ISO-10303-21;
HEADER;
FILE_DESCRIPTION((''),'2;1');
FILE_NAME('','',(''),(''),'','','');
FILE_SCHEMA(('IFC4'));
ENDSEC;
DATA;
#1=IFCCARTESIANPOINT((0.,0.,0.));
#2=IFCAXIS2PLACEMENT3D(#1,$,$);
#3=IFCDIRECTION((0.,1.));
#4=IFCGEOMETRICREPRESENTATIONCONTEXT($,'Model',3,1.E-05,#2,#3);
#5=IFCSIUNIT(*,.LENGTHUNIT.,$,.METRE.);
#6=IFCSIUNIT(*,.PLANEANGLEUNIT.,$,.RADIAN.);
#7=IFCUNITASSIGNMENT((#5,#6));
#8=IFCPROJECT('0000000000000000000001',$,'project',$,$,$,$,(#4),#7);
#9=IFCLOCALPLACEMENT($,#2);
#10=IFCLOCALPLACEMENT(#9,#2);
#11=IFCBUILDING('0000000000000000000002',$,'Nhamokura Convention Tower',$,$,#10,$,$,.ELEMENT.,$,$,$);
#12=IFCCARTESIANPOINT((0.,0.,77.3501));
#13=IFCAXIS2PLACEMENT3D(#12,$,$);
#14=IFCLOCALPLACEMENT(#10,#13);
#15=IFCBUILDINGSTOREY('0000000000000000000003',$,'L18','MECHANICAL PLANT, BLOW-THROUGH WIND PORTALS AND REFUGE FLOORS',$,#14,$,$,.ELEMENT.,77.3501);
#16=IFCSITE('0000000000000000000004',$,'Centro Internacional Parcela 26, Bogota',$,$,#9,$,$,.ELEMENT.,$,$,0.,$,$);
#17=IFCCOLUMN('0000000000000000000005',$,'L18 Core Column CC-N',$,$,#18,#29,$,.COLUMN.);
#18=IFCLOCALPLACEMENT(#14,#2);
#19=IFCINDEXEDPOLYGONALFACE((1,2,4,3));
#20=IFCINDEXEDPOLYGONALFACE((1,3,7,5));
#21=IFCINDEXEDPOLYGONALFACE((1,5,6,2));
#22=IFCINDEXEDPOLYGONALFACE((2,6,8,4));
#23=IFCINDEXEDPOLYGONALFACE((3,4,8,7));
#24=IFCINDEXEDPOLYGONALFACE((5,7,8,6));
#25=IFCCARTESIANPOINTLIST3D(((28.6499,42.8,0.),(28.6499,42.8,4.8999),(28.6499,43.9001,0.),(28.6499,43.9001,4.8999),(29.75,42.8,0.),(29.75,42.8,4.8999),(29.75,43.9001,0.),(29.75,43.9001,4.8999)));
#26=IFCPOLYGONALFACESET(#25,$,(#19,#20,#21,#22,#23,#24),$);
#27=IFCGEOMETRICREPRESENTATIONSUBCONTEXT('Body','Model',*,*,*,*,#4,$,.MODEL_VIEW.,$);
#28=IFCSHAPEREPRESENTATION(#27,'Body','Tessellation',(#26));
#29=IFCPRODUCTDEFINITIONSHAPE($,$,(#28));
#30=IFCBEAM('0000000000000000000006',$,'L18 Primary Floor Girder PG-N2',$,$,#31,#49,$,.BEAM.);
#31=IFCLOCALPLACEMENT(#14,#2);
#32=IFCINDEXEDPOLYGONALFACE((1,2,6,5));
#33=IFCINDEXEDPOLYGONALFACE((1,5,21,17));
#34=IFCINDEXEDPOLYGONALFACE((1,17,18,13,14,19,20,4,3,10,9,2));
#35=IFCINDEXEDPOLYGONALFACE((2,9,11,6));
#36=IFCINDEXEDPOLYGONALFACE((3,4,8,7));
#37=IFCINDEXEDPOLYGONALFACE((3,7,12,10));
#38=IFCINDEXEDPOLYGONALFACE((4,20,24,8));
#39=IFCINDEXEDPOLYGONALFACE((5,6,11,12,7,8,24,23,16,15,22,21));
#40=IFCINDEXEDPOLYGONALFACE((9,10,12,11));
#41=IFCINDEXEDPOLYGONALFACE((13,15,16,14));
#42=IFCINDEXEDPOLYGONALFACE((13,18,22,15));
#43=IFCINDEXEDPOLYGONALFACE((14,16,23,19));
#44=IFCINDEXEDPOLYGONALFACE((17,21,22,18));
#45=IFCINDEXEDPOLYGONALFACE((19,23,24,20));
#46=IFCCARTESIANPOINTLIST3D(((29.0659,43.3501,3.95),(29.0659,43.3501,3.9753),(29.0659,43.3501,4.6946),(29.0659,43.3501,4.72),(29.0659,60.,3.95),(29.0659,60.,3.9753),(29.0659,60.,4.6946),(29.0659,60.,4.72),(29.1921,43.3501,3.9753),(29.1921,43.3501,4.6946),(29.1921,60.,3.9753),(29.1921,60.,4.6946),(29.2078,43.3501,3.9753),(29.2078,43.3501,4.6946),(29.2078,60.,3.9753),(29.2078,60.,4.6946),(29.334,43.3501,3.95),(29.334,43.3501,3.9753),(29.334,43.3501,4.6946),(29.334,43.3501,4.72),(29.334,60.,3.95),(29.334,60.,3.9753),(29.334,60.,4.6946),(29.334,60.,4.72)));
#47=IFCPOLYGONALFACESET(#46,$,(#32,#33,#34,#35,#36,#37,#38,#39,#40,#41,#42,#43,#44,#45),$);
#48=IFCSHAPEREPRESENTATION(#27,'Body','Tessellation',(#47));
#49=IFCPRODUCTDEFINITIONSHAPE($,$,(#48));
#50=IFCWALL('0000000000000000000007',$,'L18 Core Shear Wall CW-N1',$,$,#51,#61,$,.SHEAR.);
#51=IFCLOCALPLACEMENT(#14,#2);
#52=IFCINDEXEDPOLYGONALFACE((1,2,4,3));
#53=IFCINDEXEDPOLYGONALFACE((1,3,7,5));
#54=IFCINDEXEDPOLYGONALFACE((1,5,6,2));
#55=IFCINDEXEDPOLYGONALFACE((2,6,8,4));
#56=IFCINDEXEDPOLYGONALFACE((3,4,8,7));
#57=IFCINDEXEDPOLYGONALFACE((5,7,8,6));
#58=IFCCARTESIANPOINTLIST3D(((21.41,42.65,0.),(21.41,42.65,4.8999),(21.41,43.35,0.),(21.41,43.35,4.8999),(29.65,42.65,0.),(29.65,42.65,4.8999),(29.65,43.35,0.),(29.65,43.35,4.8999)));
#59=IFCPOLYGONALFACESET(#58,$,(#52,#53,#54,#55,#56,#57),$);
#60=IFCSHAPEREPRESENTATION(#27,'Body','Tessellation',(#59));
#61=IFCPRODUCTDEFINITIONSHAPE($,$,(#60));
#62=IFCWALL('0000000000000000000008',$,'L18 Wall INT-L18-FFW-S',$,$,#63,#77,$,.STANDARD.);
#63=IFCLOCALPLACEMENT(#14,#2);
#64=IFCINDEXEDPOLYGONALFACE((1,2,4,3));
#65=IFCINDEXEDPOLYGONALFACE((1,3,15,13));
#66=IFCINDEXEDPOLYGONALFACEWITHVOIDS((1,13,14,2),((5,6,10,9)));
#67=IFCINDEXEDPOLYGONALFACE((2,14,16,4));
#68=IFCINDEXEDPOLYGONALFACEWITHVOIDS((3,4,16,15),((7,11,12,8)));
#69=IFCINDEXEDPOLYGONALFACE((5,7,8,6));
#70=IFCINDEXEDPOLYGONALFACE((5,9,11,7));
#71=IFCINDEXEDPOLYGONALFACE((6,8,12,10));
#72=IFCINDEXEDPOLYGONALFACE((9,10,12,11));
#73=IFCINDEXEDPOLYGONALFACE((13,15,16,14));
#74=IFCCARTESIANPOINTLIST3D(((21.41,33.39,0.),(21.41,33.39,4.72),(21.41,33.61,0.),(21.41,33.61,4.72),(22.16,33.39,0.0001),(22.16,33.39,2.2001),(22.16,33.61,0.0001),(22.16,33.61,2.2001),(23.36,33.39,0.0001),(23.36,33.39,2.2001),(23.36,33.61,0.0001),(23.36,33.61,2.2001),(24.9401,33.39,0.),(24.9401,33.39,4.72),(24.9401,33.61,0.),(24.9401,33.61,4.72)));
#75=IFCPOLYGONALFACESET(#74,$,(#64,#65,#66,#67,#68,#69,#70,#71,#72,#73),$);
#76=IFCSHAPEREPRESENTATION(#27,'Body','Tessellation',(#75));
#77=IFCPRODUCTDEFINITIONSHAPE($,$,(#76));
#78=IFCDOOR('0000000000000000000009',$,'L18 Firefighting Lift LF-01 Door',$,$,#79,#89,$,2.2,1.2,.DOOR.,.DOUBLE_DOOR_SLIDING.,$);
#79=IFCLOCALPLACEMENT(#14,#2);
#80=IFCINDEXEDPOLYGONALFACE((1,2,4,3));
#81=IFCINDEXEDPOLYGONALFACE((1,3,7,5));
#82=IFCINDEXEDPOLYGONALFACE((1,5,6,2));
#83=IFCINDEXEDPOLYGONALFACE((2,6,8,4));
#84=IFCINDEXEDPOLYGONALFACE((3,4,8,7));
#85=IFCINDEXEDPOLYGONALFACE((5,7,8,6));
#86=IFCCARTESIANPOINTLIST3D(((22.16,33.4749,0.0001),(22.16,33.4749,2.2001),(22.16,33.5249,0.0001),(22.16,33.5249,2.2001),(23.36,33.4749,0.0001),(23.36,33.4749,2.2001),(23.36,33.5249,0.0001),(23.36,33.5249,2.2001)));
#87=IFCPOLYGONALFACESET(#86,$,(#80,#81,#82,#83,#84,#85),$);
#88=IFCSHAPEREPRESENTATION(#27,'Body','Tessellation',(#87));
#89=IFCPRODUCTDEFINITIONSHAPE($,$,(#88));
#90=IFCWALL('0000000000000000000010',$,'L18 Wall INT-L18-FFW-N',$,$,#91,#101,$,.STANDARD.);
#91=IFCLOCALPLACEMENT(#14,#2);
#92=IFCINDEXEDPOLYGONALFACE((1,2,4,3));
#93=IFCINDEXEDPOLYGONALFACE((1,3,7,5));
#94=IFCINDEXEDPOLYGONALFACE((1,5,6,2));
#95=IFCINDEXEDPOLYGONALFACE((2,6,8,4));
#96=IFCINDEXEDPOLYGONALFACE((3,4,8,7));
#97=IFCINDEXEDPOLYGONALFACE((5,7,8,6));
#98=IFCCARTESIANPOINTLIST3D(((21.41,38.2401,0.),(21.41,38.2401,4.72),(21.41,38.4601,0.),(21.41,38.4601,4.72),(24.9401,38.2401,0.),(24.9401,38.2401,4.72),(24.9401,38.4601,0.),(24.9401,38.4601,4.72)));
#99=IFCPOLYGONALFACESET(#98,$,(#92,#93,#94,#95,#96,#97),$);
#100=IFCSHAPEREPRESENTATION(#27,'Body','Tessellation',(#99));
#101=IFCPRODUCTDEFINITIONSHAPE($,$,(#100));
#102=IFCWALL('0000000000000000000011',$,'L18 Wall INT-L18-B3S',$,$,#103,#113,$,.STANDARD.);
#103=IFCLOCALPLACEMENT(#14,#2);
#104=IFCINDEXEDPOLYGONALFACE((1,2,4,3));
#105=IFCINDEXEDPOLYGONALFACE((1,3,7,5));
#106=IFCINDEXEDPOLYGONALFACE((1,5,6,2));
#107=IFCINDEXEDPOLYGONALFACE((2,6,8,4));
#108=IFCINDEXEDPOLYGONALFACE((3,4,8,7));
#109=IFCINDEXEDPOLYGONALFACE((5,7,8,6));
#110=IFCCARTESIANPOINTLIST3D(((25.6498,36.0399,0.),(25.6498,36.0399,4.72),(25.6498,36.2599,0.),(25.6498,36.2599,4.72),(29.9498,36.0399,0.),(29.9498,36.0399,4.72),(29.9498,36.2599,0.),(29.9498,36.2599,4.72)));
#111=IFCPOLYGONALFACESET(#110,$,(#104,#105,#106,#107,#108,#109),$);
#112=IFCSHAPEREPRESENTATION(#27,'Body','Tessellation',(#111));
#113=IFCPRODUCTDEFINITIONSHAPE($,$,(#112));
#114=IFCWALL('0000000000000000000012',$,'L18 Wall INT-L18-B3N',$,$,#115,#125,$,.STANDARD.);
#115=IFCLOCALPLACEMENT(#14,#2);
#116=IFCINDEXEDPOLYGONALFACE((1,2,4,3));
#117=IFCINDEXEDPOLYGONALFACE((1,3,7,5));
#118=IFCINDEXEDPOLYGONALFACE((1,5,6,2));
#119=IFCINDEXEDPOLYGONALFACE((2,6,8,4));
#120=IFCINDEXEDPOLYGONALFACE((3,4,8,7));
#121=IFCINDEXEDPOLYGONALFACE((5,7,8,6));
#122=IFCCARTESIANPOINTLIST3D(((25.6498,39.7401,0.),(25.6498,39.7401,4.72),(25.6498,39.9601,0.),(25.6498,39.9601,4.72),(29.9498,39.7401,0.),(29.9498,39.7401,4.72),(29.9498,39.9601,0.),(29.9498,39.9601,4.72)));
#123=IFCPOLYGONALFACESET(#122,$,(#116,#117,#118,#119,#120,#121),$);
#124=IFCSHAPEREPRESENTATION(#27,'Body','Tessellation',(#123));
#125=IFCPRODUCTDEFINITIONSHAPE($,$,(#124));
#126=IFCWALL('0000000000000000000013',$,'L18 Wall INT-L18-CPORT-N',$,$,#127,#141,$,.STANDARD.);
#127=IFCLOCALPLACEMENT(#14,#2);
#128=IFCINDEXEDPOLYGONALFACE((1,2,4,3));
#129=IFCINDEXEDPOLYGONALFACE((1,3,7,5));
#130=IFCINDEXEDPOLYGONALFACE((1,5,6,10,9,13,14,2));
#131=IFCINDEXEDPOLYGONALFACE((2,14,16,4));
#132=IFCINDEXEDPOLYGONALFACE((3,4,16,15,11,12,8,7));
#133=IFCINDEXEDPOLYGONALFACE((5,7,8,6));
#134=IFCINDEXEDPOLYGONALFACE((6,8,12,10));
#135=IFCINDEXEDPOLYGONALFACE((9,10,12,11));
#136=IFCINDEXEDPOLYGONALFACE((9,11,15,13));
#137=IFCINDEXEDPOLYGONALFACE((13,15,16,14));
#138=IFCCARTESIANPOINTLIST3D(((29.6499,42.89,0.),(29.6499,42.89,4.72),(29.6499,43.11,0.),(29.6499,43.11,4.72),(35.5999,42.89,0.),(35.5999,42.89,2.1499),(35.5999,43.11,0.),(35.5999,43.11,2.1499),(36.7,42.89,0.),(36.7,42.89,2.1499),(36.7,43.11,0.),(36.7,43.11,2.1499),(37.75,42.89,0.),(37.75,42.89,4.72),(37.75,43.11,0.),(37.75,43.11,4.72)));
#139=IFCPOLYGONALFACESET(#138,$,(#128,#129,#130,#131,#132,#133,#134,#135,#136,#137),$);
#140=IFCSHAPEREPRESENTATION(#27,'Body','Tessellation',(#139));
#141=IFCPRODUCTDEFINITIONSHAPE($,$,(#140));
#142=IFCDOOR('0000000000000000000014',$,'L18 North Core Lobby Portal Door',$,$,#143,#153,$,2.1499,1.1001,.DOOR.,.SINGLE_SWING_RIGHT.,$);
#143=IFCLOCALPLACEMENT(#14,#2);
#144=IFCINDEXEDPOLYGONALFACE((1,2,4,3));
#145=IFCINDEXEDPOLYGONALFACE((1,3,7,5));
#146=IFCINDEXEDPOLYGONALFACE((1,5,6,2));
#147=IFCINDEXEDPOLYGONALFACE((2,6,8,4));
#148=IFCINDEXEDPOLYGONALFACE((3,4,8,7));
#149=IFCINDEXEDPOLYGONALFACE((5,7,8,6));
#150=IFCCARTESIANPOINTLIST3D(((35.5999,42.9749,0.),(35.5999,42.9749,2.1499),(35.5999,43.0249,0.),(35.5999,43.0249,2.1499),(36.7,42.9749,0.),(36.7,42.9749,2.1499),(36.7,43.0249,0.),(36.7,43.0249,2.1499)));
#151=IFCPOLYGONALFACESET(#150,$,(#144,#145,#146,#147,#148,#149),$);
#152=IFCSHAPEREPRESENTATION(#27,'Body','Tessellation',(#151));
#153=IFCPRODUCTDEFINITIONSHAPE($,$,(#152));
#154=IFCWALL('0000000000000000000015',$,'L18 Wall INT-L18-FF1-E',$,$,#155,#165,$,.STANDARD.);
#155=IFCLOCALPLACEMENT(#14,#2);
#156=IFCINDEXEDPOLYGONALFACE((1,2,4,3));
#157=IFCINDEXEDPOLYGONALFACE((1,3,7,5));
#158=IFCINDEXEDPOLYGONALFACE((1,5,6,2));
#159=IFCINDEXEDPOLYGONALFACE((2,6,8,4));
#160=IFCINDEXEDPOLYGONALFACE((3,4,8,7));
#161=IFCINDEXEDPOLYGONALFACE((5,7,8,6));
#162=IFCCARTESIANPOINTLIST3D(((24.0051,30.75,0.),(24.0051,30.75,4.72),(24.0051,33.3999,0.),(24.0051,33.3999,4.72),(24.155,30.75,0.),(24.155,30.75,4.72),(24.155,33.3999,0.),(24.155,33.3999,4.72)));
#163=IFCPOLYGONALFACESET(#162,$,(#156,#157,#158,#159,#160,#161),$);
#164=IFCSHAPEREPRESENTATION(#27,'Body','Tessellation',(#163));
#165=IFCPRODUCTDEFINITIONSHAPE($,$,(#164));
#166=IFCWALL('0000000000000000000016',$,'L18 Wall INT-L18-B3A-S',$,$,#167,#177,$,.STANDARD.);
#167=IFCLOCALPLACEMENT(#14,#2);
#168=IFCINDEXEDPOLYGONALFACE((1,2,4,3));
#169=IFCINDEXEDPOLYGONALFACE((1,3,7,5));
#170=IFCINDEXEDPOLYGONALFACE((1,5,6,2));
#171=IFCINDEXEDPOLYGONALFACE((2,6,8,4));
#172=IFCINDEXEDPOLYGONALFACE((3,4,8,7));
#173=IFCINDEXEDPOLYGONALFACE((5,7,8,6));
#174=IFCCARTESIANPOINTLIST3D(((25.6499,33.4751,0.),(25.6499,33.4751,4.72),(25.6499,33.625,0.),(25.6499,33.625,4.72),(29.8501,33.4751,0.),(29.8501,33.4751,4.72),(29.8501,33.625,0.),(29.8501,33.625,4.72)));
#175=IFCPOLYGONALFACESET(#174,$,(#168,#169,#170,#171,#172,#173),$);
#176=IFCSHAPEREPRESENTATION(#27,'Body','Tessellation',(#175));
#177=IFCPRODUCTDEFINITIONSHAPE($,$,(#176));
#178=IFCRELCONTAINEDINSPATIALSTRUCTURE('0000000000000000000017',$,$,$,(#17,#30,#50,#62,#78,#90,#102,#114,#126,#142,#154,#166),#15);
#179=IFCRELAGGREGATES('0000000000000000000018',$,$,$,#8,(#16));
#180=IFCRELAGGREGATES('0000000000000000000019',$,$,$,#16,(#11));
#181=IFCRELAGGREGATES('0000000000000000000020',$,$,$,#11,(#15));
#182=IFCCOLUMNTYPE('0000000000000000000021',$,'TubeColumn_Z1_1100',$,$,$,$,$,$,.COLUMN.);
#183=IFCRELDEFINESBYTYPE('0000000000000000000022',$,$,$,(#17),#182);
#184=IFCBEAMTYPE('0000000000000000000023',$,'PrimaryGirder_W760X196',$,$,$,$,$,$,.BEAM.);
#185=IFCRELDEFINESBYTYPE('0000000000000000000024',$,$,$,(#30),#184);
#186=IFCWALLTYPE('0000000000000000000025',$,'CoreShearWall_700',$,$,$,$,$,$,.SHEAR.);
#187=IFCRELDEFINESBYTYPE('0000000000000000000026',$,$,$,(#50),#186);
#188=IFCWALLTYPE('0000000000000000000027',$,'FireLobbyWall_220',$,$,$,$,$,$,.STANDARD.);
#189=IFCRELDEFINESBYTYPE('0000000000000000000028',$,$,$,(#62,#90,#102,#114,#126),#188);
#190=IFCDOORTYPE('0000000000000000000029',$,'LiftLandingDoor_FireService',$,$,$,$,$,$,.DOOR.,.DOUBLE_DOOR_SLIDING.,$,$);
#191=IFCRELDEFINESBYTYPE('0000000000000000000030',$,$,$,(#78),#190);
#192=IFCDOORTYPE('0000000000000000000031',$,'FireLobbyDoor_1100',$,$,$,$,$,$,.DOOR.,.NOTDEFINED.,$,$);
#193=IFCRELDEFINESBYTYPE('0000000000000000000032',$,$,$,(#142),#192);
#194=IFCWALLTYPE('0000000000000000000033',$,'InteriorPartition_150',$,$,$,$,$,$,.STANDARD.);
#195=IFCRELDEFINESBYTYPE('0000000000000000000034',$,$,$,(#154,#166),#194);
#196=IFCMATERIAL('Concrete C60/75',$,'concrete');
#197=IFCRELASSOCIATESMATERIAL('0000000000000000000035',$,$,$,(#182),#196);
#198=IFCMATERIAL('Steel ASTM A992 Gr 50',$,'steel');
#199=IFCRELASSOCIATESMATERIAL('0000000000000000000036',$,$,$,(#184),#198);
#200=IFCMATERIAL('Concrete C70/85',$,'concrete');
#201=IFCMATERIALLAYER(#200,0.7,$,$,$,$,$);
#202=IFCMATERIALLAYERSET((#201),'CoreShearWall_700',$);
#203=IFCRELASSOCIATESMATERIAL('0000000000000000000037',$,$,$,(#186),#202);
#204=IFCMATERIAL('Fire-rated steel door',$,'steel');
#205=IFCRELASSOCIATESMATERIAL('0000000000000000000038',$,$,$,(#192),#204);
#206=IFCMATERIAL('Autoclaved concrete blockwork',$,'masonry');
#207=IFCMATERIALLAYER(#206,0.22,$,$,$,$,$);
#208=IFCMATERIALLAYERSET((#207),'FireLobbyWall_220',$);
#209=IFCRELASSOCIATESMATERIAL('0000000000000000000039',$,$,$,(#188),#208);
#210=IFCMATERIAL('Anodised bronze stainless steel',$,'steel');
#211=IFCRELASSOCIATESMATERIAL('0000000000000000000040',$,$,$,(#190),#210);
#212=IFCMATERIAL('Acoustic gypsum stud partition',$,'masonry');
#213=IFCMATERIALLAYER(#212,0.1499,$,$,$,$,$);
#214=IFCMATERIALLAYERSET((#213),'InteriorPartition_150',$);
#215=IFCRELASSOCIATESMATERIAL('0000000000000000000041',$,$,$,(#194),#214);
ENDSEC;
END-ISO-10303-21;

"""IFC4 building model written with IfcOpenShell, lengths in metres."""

from ifc_helpers import new_model, si_unit, direction, frame, frame_2d, origin, origin_2d, place, context, subcontext, project, spatial, rectangle, i_section, extrude, material, layer, layer_set, material_profile, profile_set, type_object, element, fill, save


model = new_model("IFC4")

# Units and contexts
model_context = context("Model", 3, precision=1e-05, world=origin(), true_north=direction((0.0, 1.0)))
body_context = subcontext(model_context, "Body", "Model", "MODEL_VIEW")
ifc_project = project(units=[si_unit("LENGTHUNIT", "METRE"), si_unit("PLANEANGLEUNIT", "RADIAN")], contexts=[model_context])

# Site, building, storey
site_placement = place(None, origin())
site = spatial("IfcSite", under=ifc_project, at=site_placement, Name="Centro Internacional Parcela 26, Bogota", CompositionType="ELEMENT", RefElevation=0.0)
building_placement = place(site_placement, origin())
building = spatial("IfcBuilding", under=site, at=building_placement, Name="Nhamokura Convention Tower", CompositionType="ELEMENT")
storey_placement = place(building_placement, frame((0.0, 0.0, 77.3501)))
storey = spatial("IfcBuildingStorey", under=building, at=storey_placement, Name="L18", Description="MECHANICAL PLANT, BLOW-THROUGH WIND PORTALS AND REFUGE FLOORS", CompositionType="ELEMENT", Elevation=77.3501)

# Column
ifc_material_1 = material(Name="Concrete C60/75", Category="concrete")
ifc_material_profile_1 = material_profile(ifc_material_1, rectangle(XDim=1.1001, YDim=1.1001, at=origin_2d()))
ifc_profile_set_1 = profile_set([ifc_material_profile_1], Name="Concrete C60/75")
column_type = type_object("IfcColumnType", Name="TubeColumn_Z1_1100", PredefinedType="COLUMN", material=ifc_profile_set_1)
column_placement = place(storey_placement, frame((29.2, 43.3501, 0.0), z_axis=(0.0, 0.0, 1.0), x_axis=(1.0, 0.0, 0.0)))
element("IfcColumn", 1, at=column_placement, inside=storey, type_object=column_type, Name="L18 Core Column CC-N", PredefinedType="COLUMN", context=body_context, shape_type="SweptSolid", body=[
    extrude(rectangle(XDim=1.1001, YDim=1.1001, at=origin_2d()), origin(), (0.0, 0.0, 1.0), 4.8999),
])

# Beam
ifc_material_2 = material(Name="Steel ASTM A992 Gr 50", Category="steel")
ifc_material_profile_2 = material_profile(ifc_material_2, i_section(OverallWidth=0.2681, OverallDepth=0.77, WebThickness=0.0156, FlangeThickness=0.0254, at=origin_2d()))
ifc_profile_set_2 = profile_set([ifc_material_profile_2], Name="Steel ASTM A992 Gr 50")
beam_type = type_object("IfcBeamType", Name="PrimaryGirder_W760X196", PredefinedType="BEAM", material=ifc_profile_set_2)
beam_placement = place(storey_placement, frame((29.2, 43.3501, 4.335), z_axis=(0.0, 1.0, 0.0), x_axis=(-1.0, 0.0, 0.0)))
element("IfcBeam", 2, at=beam_placement, inside=storey, type_object=beam_type, Name="L18 Primary Floor Girder PG-N2", PredefinedType="BEAM", context=body_context, shape_type="SweptSolid", body=[
    extrude(i_section(OverallWidth=0.2681, OverallDepth=0.77, WebThickness=0.0156, FlangeThickness=0.0254, at=origin_2d()), origin(), (0.0, 0.0, 1.0), 16.6499),
])

# Shared definitions
ifc_material_3 = material(Name="Concrete C70/85", Category="concrete")
ifc_layer_1 = layer(ifc_material_3, 0.7)
ifc_layer_set_1 = layer_set([ifc_layer_1], Name="CoreShearWall_700")
wall_type_1 = type_object("IfcWallType", Name="CoreShearWall_700", PredefinedType="SHEAR", material=ifc_layer_set_1)
ifc_material_4 = material(Name="Fire-rated steel door", Category="steel")
door_type_1 = type_object("IfcDoorType", Name="FireLobbyDoor_1100", OperationType="NOTDEFINED", PredefinedType="DOOR", material=ifc_material_4)

# Wall
wall_1_placement = place(storey_placement, frame((21.4099, 43.0, 0.0), z_axis=(0.0, 0.0, 1.0), x_axis=(1.0, 0.0, 0.0)))
element("IfcWall", 3, at=wall_1_placement, inside=storey, type_object=wall_type_1, Name="L18 Core Shear Wall CW-N1", PredefinedType="SHEAR", context=body_context, shape_type="SweptSolid", body=[
    extrude(rectangle(XDim=8.24, YDim=0.7, at=frame_2d((4.1201, 0.0))), origin(), (0.0, 0.0, 1.0), 4.8999),
])

# Wall, opening, door
ifc_material_5 = material(Name="Autoclaved concrete blockwork", Category="masonry")
ifc_layer_2 = layer(ifc_material_5, 0.22)
ifc_layer_set_2 = layer_set([ifc_layer_2], Name="FireLobbyWall_220")
wall_type_2 = type_object("IfcWallType", Name="FireLobbyWall_220", PredefinedType="STANDARD", material=ifc_layer_set_2)
wall_2_placement = place(storey_placement, frame((21.4099, 33.5, 0.0), z_axis=(0.0, 0.0, 1.0), x_axis=(1.0, 0.0, 0.0)))
wall_2 = element("IfcWall", 4, at=wall_2_placement, inside=storey, type_object=wall_type_2, Name="L18 Wall INT-L18-FFW-S", PredefinedType="STANDARD", context=body_context, shape_type="SweptSolid", body=[
    extrude(rectangle(XDim=3.53, YDim=0.22, at=frame_2d((1.7651, 0.0))), origin(), (0.0, 0.0, 1.0), 4.72),
])
opening_1_placement = place(wall_2_placement, frame((0.75, 0.0, 0.0)))
opening_1 = element("IfcOpeningElement", 5, at=opening_1_placement, cuts=wall_2, PredefinedType="OPENING", context=body_context, shape_type="SweptSolid", body=[
    extrude(rectangle(XDim=1.2, YDim=2.2, at=frame_2d((0.6001, 1.1001))), frame((0.0, 0.1199, 0.0), z_axis=(0.0, -1.0, 0.0), x_axis=(1.0, 0.0, 0.0)), (0.0, 0.0, 1.0), 0.24),
])
ifc_material_6 = material(Name="Anodised bronze stainless steel", Category="steel")
door_type_2 = type_object("IfcDoorType", Name="LiftLandingDoor_FireService", OperationType="DOUBLE_DOOR_SLIDING", PredefinedType="DOOR", material=ifc_material_6)
door_1_placement = place(opening_1_placement, origin())
door_1 = element("IfcDoor", 6, at=door_1_placement, inside=storey, type_object=door_type_2, Name="L18 Firefighting Lift LF-01 Door", OperationType="DOUBLE_DOOR_SLIDING", OverallHeight=2.2, OverallWidth=1.2, PredefinedType="DOOR", context=body_context, shape_type="SweptSolid", body=[
    extrude(rectangle(XDim=1.2, YDim=2.2, at=frame_2d((0.6001, 1.1001))), frame((0.0, 0.0249, 0.0), z_axis=(0.0, -1.0, 0.0), x_axis=(1.0, 0.0, 0.0)), (0.0, 0.0, 1.0), 0.05),
])
fill(opening_1, door_1)

# Walls
wall_3_placement = place(storey_placement, frame((21.4099, 38.3501, 0.0), z_axis=(0.0, 0.0, 1.0), x_axis=(1.0, 0.0, 0.0)))
element("IfcWall", 7, at=wall_3_placement, inside=storey, type_object=wall_type_2, Name="L18 Wall INT-L18-FFW-N", PredefinedType="STANDARD", context=body_context, shape_type="SweptSolid", body=[
    extrude(rectangle(XDim=3.53, YDim=0.22, at=frame_2d((1.7651, 0.0))), origin(), (0.0, 0.0, 1.0), 4.72),
])
for number, where, z_axis, x_axis, name in (
    (8, (25.6499, 36.1499, 0.0), (0.0, 0.0, 1.0), (1.0, 0.0, 0.0), "L18 Wall INT-L18-B3S"),
    (9, (25.6499, 39.8501, 0.0), (0.0, 0.0, 1.0), (1.0, 0.0, 0.0), "L18 Wall INT-L18-B3N"),
):
    element("IfcWall", number, at=place(storey_placement, frame(where, z_axis=z_axis, x_axis=x_axis)), inside=storey, type_object=wall_type_2, Name=name, PredefinedType="STANDARD", context=body_context, shape_type="SweptSolid", body=[
        extrude(rectangle(XDim=4.3, YDim=0.22, at=frame_2d((2.1499, 0.0))), origin(), (0.0, 0.0, 1.0), 4.72),
    ])

# Wall, opening, door
wall_4_placement = place(storey_placement, frame((29.6499, 43.0, 0.0), z_axis=(0.0, 0.0, 1.0), x_axis=(1.0, 0.0, 0.0)))
wall_4 = element("IfcWall", 10, at=wall_4_placement, inside=storey, type_object=wall_type_2, Name="L18 Wall INT-L18-CPORT-N", PredefinedType="STANDARD", context=body_context, shape_type="SweptSolid", body=[
    extrude(rectangle(XDim=8.1001, YDim=0.22, at=frame_2d((4.05, 0.0))), origin(), (0.0, 0.0, 1.0), 4.72),
])
opening_2_placement = place(wall_4_placement, frame((5.95, 0.0, 0.0)))
opening_2 = element("IfcOpeningElement", 11, at=opening_2_placement, cuts=wall_4, PredefinedType="OPENING", context=body_context, shape_type="SweptSolid", body=[
    extrude(rectangle(XDim=1.1001, YDim=2.1499, at=frame_2d((0.55, 1.075))), frame((0.0, 0.1199, 0.0), z_axis=(0.0, -1.0, 0.0), x_axis=(1.0, 0.0, 0.0)), (0.0, 0.0, 1.0), 0.24),
])
door_2_placement = place(opening_2_placement, origin())
door_2 = element("IfcDoor", 12, at=door_2_placement, inside=storey, type_object=door_type_1, Name="L18 North Core Lobby Portal Door", OperationType="SINGLE_SWING_RIGHT", OverallHeight=2.1499, OverallWidth=1.1001, PredefinedType="DOOR", context=body_context, shape_type="SweptSolid", body=[
    extrude(rectangle(XDim=1.1001, YDim=2.1499, at=frame_2d((0.55, 1.075))), frame((0.0, 0.0249, 0.0), z_axis=(0.0, -1.0, 0.0), x_axis=(1.0, 0.0, 0.0)), (0.0, 0.0, 1.0), 0.05),
])
fill(opening_2, door_2)

# Walls
ifc_material_7 = material(Name="Acoustic gypsum stud partition", Category="masonry")
ifc_layer_3 = layer(ifc_material_7, 0.1499)
ifc_layer_set_3 = layer_set([ifc_layer_3], Name="InteriorPartition_150")
wall_type_3 = type_object("IfcWallType", Name="InteriorPartition_150", PredefinedType="STANDARD", material=ifc_layer_set_3)
wall_5_placement = place(storey_placement, frame((24.0801, 30.75, 0.0), z_axis=(0.0, 0.0, 1.0), x_axis=(0.0, 1.0, 0.0)))
element("IfcWall", 13, at=wall_5_placement, inside=storey, type_object=wall_type_3, Name="L18 Wall INT-L18-FF1-E", PredefinedType="STANDARD", context=body_context, shape_type="SweptSolid", body=[
    extrude(rectangle(XDim=2.6499, YDim=0.1499, at=frame_2d((1.325, 0.0))), origin(), (0.0, 0.0, 1.0), 4.72),
])
wall_6_placement = place(storey_placement, frame((25.6499, 33.55, 0.0), z_axis=(0.0, 0.0, 1.0), x_axis=(1.0, 0.0, 0.0)))
element("IfcWall", 14, at=wall_6_placement, inside=storey, type_object=wall_type_3, Name="L18 Wall INT-L18-B3A-S", PredefinedType="STANDARD", context=body_context, shape_type="SweptSolid", body=[
    extrude(rectangle(XDim=4.2002, YDim=0.1499, at=frame_2d((2.1001, 0.0))), origin(), (0.0, 0.0, 1.0), 4.72),
])

save(model, "model.ifc")
